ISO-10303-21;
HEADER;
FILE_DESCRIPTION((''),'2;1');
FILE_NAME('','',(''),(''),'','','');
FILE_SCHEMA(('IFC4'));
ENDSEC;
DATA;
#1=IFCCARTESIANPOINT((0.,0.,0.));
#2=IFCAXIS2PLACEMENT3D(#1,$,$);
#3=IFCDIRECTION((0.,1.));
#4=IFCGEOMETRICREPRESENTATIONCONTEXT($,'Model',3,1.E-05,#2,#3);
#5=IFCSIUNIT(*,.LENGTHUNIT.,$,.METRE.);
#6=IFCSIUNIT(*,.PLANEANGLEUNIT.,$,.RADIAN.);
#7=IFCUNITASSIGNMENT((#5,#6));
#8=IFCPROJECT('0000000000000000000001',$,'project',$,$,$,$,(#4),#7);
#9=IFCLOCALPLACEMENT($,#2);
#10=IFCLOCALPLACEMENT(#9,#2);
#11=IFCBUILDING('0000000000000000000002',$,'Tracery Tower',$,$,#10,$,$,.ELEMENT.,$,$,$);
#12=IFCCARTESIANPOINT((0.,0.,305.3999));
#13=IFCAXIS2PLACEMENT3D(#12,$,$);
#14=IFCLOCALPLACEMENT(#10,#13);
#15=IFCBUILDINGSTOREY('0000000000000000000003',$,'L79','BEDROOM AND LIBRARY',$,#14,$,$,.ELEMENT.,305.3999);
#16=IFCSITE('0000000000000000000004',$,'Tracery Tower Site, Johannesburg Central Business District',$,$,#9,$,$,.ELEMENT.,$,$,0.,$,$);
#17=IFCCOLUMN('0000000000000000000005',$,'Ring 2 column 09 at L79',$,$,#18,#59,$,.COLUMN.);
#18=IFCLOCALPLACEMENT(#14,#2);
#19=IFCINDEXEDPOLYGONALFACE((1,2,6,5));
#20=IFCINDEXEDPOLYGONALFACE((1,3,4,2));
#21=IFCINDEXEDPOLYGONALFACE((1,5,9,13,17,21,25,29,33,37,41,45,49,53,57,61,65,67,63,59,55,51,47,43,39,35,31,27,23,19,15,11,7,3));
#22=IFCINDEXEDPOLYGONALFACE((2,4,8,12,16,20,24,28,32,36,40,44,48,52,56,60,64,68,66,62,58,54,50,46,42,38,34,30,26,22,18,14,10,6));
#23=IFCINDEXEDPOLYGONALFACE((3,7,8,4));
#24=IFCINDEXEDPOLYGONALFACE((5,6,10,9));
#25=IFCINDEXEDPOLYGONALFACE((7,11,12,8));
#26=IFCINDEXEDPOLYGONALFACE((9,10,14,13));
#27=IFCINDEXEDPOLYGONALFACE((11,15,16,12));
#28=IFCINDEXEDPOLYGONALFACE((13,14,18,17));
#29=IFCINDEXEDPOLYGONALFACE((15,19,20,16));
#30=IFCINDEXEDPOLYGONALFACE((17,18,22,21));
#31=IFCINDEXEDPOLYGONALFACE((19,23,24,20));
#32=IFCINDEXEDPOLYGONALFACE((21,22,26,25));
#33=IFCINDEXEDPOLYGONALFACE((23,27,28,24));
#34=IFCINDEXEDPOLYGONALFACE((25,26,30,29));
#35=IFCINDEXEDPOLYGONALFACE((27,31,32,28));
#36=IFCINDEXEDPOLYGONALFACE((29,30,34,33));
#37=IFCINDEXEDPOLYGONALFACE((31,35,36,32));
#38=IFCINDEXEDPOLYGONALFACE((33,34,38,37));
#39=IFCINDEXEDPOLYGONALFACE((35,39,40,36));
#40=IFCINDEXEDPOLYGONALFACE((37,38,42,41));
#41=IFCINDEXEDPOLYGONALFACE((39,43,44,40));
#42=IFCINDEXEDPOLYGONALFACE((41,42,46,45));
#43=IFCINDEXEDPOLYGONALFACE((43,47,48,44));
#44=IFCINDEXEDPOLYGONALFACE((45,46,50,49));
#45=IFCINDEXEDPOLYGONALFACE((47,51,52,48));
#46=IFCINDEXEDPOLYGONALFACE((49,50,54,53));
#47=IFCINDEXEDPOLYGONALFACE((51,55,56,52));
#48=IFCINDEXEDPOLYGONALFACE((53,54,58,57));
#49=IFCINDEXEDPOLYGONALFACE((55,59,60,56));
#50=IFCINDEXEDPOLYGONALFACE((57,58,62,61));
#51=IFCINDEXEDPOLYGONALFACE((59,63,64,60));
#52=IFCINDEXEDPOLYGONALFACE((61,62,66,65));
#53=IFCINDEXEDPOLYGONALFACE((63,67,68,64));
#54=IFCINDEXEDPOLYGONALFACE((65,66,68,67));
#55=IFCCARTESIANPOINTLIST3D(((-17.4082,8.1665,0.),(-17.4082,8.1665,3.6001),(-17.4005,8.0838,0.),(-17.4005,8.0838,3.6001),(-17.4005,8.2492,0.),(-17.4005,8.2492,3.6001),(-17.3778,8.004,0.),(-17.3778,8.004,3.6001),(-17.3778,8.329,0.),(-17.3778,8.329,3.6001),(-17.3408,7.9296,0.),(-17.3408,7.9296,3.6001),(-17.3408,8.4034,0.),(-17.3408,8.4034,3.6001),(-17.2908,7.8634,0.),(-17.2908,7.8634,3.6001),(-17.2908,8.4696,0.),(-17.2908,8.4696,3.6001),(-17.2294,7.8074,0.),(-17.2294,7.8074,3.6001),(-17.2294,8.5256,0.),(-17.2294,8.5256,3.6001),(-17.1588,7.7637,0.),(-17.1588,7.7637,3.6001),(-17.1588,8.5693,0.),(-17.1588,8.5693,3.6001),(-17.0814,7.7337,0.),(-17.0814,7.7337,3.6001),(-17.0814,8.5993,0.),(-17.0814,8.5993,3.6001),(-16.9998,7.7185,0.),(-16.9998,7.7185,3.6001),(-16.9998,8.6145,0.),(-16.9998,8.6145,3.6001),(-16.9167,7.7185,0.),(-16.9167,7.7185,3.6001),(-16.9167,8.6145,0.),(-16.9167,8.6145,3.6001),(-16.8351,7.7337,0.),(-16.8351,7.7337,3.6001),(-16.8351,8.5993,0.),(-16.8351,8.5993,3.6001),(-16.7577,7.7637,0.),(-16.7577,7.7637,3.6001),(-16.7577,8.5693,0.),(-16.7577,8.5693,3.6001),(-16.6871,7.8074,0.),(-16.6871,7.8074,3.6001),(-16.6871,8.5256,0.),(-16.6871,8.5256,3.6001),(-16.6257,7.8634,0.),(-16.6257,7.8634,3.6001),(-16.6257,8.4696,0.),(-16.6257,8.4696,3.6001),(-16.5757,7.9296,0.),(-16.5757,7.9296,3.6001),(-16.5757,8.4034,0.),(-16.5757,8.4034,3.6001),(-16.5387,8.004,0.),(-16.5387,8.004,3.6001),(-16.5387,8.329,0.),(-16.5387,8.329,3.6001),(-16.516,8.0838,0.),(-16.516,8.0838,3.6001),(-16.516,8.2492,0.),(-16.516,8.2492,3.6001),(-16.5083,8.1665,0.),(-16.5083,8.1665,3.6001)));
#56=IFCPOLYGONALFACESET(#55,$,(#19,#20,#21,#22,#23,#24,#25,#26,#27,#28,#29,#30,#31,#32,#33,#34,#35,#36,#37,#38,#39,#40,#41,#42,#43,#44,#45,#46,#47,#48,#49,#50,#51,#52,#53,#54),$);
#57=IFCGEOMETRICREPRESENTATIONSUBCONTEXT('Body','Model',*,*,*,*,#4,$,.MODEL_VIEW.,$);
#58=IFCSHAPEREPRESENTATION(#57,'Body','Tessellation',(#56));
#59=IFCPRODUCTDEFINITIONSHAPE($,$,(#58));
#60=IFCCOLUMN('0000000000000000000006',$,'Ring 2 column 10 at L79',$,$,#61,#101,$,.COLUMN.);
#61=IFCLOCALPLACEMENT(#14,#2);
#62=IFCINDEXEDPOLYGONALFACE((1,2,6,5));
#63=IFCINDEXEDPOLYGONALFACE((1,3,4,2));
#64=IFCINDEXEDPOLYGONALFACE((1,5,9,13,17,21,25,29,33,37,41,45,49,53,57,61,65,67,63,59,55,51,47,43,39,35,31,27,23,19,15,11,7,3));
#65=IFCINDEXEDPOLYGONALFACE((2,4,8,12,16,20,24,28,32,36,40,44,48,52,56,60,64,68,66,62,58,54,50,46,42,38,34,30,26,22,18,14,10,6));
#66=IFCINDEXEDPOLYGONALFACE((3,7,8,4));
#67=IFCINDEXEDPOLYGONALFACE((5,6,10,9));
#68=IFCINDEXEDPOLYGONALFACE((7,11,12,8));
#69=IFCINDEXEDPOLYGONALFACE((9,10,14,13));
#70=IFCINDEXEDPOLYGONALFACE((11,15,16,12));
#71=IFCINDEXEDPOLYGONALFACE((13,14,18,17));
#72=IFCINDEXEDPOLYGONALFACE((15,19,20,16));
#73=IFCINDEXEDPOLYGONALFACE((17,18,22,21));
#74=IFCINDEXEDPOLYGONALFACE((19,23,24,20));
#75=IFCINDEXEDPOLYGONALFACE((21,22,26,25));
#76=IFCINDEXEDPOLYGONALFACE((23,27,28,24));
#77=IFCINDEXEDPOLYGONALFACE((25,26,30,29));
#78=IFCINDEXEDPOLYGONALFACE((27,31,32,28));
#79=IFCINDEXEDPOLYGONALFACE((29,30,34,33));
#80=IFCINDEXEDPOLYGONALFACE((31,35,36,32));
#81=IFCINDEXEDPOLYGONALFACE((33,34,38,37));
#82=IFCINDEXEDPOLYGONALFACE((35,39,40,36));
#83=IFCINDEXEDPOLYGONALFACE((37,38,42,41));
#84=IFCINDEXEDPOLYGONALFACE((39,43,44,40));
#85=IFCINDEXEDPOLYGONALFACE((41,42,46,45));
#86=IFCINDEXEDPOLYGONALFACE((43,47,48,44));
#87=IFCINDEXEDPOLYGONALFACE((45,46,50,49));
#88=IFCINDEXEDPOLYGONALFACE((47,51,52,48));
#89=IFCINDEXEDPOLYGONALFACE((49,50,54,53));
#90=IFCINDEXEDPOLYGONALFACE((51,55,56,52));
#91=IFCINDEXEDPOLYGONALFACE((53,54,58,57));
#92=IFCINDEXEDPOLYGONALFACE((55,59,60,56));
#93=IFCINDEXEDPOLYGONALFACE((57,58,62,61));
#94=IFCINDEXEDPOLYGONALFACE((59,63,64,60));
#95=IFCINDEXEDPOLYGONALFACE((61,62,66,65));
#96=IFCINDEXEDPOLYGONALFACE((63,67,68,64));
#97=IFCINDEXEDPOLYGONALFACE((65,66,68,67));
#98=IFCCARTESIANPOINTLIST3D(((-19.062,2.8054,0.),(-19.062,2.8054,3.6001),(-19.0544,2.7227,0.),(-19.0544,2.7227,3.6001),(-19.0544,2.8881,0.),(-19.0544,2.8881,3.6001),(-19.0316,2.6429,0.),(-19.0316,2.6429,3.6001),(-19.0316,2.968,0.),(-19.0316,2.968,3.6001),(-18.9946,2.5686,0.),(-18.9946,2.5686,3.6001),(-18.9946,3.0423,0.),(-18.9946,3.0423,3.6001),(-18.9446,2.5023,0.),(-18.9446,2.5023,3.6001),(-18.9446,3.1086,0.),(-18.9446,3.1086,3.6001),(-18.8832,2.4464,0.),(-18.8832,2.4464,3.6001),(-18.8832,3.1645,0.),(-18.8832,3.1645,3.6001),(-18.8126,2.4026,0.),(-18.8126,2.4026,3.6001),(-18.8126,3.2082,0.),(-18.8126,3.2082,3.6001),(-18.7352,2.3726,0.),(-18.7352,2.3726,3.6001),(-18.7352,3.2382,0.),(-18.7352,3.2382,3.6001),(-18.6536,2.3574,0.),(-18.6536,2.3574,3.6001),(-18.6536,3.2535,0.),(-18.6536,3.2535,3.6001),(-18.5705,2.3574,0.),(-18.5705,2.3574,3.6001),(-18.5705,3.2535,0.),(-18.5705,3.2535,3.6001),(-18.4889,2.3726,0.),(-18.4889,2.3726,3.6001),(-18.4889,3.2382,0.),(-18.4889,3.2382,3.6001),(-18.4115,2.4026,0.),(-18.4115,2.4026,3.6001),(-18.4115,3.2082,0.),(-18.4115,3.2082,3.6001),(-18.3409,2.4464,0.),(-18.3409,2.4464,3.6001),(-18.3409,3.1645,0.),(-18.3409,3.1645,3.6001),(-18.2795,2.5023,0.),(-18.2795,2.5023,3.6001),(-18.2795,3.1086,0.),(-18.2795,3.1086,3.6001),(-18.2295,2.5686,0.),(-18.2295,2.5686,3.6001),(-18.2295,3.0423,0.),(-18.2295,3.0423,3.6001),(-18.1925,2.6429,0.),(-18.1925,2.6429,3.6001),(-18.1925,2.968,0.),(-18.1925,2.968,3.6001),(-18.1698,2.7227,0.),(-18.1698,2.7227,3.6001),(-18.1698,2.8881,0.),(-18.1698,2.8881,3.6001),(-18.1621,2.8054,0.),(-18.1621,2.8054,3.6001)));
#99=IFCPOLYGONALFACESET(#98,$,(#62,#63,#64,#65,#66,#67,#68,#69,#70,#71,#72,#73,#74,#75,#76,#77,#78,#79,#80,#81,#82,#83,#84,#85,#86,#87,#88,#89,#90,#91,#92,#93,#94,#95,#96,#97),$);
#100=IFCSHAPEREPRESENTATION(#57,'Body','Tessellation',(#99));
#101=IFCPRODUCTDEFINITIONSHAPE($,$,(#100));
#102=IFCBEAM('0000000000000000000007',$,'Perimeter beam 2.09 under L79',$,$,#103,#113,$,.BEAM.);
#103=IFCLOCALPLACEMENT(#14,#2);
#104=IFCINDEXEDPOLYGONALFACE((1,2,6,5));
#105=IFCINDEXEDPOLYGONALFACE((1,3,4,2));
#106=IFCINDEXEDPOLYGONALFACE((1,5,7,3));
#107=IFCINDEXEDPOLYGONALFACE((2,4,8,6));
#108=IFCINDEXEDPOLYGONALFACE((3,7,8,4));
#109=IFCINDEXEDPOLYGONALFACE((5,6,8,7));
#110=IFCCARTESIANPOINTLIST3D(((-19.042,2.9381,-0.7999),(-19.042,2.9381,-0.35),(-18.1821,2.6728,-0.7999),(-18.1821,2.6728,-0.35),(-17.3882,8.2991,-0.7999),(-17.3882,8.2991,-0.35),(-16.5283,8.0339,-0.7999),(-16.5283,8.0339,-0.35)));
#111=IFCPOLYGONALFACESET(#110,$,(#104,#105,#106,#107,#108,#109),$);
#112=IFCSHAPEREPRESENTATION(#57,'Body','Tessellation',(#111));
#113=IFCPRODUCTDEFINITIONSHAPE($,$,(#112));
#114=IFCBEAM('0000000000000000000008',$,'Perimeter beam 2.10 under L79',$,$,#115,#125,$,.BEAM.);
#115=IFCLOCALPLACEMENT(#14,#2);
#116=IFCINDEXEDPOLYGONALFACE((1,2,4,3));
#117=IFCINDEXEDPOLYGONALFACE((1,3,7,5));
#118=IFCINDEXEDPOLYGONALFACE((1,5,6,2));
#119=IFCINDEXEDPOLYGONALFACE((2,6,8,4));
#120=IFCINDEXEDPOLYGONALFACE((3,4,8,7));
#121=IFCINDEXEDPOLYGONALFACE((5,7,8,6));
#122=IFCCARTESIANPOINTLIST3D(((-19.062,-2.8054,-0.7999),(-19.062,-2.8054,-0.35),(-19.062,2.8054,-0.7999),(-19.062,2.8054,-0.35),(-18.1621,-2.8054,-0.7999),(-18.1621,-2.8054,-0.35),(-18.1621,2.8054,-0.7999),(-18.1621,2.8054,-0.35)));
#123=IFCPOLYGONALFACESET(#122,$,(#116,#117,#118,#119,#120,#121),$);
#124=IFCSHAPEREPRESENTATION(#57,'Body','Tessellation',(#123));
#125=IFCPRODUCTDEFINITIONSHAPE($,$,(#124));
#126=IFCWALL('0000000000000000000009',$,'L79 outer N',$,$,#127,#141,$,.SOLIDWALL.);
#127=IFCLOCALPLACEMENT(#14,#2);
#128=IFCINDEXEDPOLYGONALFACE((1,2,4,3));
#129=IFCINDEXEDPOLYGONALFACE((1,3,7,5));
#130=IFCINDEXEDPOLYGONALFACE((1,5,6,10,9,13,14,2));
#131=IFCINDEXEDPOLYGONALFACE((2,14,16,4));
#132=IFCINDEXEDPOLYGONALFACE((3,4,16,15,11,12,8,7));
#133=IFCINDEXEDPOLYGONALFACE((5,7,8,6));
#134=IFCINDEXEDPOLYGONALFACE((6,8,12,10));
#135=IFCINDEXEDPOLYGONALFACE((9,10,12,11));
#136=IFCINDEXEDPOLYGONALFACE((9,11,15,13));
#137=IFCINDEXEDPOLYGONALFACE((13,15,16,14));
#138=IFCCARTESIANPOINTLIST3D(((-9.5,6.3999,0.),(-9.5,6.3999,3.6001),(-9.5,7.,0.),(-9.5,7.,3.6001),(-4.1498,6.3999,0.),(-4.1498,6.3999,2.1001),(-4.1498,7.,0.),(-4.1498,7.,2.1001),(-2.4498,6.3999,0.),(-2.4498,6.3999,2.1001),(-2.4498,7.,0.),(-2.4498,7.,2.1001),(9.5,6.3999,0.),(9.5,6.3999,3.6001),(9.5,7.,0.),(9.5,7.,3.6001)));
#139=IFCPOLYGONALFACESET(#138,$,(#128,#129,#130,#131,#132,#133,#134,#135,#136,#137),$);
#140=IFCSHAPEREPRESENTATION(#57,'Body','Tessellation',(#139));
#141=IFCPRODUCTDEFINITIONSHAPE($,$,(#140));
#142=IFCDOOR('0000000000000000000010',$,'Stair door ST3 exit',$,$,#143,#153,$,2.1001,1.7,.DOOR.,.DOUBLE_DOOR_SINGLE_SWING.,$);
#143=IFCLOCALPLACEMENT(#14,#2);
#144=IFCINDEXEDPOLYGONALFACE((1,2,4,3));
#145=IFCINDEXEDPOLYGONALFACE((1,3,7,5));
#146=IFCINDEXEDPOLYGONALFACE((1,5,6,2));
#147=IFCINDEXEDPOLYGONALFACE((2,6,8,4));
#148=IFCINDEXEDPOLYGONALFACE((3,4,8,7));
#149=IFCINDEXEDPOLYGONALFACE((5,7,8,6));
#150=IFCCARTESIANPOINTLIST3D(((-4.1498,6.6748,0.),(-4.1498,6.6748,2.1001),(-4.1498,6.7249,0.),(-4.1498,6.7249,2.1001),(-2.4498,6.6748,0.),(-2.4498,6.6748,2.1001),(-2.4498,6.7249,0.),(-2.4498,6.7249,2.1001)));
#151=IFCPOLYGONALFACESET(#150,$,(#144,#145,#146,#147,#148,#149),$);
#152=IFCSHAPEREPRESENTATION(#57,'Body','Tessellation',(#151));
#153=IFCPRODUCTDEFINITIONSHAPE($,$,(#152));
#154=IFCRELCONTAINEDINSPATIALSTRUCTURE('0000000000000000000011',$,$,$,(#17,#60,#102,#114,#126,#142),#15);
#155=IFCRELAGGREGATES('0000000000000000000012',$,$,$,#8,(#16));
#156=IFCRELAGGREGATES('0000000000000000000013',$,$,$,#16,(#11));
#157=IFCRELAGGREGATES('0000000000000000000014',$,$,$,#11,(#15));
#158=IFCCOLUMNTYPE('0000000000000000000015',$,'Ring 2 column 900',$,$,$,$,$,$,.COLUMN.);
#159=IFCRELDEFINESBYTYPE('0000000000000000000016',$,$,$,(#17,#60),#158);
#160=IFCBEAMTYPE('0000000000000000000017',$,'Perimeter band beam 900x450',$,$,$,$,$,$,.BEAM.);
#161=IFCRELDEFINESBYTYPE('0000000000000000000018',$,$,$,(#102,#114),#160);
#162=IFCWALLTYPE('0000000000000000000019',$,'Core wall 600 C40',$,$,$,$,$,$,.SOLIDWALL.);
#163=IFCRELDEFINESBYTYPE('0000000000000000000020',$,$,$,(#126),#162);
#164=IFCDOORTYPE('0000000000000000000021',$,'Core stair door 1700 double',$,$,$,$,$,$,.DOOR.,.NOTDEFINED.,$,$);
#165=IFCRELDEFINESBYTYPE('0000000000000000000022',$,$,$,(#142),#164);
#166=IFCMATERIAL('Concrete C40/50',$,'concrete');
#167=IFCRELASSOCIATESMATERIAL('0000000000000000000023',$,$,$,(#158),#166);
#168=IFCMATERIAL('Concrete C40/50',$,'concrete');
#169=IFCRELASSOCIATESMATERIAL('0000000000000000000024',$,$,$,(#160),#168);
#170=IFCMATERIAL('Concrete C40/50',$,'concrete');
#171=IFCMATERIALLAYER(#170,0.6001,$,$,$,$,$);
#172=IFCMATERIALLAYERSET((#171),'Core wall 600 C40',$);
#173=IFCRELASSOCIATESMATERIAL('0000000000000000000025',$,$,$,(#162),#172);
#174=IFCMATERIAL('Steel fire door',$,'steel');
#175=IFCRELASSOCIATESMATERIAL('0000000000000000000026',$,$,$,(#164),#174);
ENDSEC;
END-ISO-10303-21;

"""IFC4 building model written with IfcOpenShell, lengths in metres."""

from ifc_helpers import new_model, si_unit, direction, frame, frame_2d, origin, origin_2d, place, context, subcontext, project, spatial, rectangle, circle, extrude, material, layer, layer_set, material_profile, profile_set, type_object, element, fill, save


model = new_model("IFC4")

# Units and contexts
model_context = context("Model", 3, precision=1e-05, world=origin(), true_north=direction((0.0, 1.0)))
body_context = subcontext(model_context, "Body", "Model", "MODEL_VIEW")
ifc_project = project(units=[si_unit("LENGTHUNIT", "METRE"), si_unit("PLANEANGLEUNIT", "RADIAN")], contexts=[model_context])

# Site, building, storey
site_placement = place(None, origin())
site = spatial("IfcSite", under=ifc_project, at=site_placement, Name="Tracery Tower Site, Johannesburg Central Business District", CompositionType="ELEMENT", RefElevation=0.0)
building_placement = place(site_placement, origin())
building = spatial("IfcBuilding", under=site, at=building_placement, Name="Tracery Tower", CompositionType="ELEMENT")
storey_placement = place(building_placement, frame((0.0, 0.0, 305.3999)))
storey = spatial("IfcBuildingStorey", under=building, at=storey_placement, Name="L79", Description="BEDROOM AND LIBRARY", CompositionType="ELEMENT", Elevation=305.3999)

# Columns
ifc_material_1 = material(Name="Concrete C40/50", Category="concrete")
ifc_material_profile_1 = material_profile(ifc_material_1, circle(Radius=0.45, at=origin_2d()), Name="RC D900")
ifc_profile_set_1 = profile_set([ifc_material_profile_1], Name="Concrete C40/50")
column_type = type_object("IfcColumnType", Name="Ring 2 column 900", PredefinedType="COLUMN", material=ifc_profile_set_1)
for number, where, z_axis, x_axis, name in (
    (1, (-16.9583, 8.1665, 0.0), (0.0, 0.0, 1.0), (1.0, 0.0, 0.0), "Ring 2 column 09 at L79"),
    (2, (-18.6121, 2.8054, 0.0), (0.0, 0.0, 1.0), (1.0, 0.0, 0.0), "Ring 2 column 10 at L79"),
):
    element("IfcColumn", number, at=place(storey_placement, frame(where, z_axis=z_axis, x_axis=x_axis)), inside=storey, type_object=column_type, Name=name, PredefinedType="COLUMN", context=body_context, shape_type="SweptSolid", body=[
        extrude(circle(Radius=0.45, at=origin_2d()), origin(), (0.0, 0.0, 1.0), 3.6001),
    ])

# Beams
ifc_material_2 = material(Name="Concrete C40/50", Category="concrete")
ifc_material_profile_2 = material_profile(ifc_material_2, rectangle(XDim=0.8999, YDim=0.45, at=origin_2d()), Name="RC 900x450")
ifc_profile_set_2 = profile_set([ifc_material_profile_2], Name="Concrete C40/50")
beam_type = type_object("IfcBeamType", Name="Perimeter band beam 900x450", PredefinedType="BEAM", material=ifc_profile_set_2)
beam_1_placement = place(storey_placement, frame((-16.9583, 8.1665, -0.575), z_axis=(-0.294777, -0.955566, 0.0), x_axis=(0.955566, -0.294777, 0.0)))
element("IfcBeam", 3, at=beam_1_placement, inside=storey, type_object=beam_type, Name="Perimeter beam 2.09 under L79", PredefinedType="BEAM", context=body_context, shape_type="SweptSolid", body=[
    extrude(rectangle(XDim=0.8999, YDim=0.45, at=origin_2d()), origin(), (0.0, 0.0, 1.0), 5.6104),
])
beam_2_placement = place(storey_placement, frame((-18.6121, 2.8054, -0.575), z_axis=(0.0, -1.0, 0.0), x_axis=(1.0, 0.0, 0.0)))
element("IfcBeam", 4, at=beam_2_placement, inside=storey, type_object=beam_type, Name="Perimeter beam 2.10 under L79", PredefinedType="BEAM", context=body_context, shape_type="SweptSolid", body=[
    extrude(rectangle(XDim=0.8999, YDim=0.45, at=origin_2d()), origin(), (0.0, 0.0, 1.0), 5.6108),
])

# Wall, opening, door
ifc_material_3 = material(Name="Concrete C40/50", Category="concrete")
ifc_layer_1 = layer(ifc_material_3, 0.6001)
ifc_layer_set_1 = layer_set([ifc_layer_1], Name="Core wall 600 C40")
wall_type_1 = type_object("IfcWallType", Name="Core wall 600 C40", PredefinedType="SOLIDWALL", material=ifc_layer_set_1)
wall_1_placement = place(storey_placement, frame((-9.5, 6.7, 0.0), z_axis=(0.0, 0.0, 1.0), x_axis=(1.0, 0.0, 0.0)))
wall_1 = element("IfcWall", 5, at=wall_1_placement, inside=storey, type_object=wall_type_1, Name="L79 outer N", PredefinedType="SOLIDWALL", context=body_context, shape_type="SweptSolid", body=[
    extrude(rectangle(XDim=19.0, YDim=0.6001, at=frame_2d((9.5, 0.0))), origin(), (0.0, 0.0, 1.0), 3.6001),
])
opening_1_placement = place(wall_1_placement, frame((5.3501, 0.0, 0.0)))
opening_1 = element("IfcOpeningElement", 6, at=opening_1_placement, cuts=wall_1, PredefinedType="OPENING", context=body_context, shape_type="SweptSolid", body=[
    extrude(rectangle(XDim=1.7, YDim=2.1001, at=frame_2d((0.8501, 1.05))), frame((0.0, 0.3, 0.0), z_axis=(0.0, -1.0, 0.0), x_axis=(1.0, 0.0, 0.0)), (0.0, 0.0, 1.0), 0.6001),
])
ifc_material_4 = material(Name="Steel fire door", Category="steel")
door_type_1 = type_object("IfcDoorType", Name="Core stair door 1700 double", OperationType="NOTDEFINED", PredefinedType="DOOR", material=ifc_material_4)
door_1_placement = place(opening_1_placement, origin())
door_1 = element("IfcDoor", 7, at=door_1_placement, inside=storey, type_object=door_type_1, Name="Stair door ST3 exit", OperationType="DOUBLE_DOOR_SINGLE_SWING", OverallHeight=2.1001, OverallWidth=1.7, PredefinedType="DOOR", context=body_context, shape_type="SweptSolid", body=[
    extrude(rectangle(XDim=1.7, YDim=2.1001, at=frame_2d((0.8501, 1.05))), frame((0.0, 0.0249, 0.0), z_axis=(0.0, -1.0, 0.0), x_axis=(1.0, 0.0, 0.0)), (0.0, 0.0, 1.0), 0.05),
])
fill(opening_1, door_1)

save(model, "model.ifc")
